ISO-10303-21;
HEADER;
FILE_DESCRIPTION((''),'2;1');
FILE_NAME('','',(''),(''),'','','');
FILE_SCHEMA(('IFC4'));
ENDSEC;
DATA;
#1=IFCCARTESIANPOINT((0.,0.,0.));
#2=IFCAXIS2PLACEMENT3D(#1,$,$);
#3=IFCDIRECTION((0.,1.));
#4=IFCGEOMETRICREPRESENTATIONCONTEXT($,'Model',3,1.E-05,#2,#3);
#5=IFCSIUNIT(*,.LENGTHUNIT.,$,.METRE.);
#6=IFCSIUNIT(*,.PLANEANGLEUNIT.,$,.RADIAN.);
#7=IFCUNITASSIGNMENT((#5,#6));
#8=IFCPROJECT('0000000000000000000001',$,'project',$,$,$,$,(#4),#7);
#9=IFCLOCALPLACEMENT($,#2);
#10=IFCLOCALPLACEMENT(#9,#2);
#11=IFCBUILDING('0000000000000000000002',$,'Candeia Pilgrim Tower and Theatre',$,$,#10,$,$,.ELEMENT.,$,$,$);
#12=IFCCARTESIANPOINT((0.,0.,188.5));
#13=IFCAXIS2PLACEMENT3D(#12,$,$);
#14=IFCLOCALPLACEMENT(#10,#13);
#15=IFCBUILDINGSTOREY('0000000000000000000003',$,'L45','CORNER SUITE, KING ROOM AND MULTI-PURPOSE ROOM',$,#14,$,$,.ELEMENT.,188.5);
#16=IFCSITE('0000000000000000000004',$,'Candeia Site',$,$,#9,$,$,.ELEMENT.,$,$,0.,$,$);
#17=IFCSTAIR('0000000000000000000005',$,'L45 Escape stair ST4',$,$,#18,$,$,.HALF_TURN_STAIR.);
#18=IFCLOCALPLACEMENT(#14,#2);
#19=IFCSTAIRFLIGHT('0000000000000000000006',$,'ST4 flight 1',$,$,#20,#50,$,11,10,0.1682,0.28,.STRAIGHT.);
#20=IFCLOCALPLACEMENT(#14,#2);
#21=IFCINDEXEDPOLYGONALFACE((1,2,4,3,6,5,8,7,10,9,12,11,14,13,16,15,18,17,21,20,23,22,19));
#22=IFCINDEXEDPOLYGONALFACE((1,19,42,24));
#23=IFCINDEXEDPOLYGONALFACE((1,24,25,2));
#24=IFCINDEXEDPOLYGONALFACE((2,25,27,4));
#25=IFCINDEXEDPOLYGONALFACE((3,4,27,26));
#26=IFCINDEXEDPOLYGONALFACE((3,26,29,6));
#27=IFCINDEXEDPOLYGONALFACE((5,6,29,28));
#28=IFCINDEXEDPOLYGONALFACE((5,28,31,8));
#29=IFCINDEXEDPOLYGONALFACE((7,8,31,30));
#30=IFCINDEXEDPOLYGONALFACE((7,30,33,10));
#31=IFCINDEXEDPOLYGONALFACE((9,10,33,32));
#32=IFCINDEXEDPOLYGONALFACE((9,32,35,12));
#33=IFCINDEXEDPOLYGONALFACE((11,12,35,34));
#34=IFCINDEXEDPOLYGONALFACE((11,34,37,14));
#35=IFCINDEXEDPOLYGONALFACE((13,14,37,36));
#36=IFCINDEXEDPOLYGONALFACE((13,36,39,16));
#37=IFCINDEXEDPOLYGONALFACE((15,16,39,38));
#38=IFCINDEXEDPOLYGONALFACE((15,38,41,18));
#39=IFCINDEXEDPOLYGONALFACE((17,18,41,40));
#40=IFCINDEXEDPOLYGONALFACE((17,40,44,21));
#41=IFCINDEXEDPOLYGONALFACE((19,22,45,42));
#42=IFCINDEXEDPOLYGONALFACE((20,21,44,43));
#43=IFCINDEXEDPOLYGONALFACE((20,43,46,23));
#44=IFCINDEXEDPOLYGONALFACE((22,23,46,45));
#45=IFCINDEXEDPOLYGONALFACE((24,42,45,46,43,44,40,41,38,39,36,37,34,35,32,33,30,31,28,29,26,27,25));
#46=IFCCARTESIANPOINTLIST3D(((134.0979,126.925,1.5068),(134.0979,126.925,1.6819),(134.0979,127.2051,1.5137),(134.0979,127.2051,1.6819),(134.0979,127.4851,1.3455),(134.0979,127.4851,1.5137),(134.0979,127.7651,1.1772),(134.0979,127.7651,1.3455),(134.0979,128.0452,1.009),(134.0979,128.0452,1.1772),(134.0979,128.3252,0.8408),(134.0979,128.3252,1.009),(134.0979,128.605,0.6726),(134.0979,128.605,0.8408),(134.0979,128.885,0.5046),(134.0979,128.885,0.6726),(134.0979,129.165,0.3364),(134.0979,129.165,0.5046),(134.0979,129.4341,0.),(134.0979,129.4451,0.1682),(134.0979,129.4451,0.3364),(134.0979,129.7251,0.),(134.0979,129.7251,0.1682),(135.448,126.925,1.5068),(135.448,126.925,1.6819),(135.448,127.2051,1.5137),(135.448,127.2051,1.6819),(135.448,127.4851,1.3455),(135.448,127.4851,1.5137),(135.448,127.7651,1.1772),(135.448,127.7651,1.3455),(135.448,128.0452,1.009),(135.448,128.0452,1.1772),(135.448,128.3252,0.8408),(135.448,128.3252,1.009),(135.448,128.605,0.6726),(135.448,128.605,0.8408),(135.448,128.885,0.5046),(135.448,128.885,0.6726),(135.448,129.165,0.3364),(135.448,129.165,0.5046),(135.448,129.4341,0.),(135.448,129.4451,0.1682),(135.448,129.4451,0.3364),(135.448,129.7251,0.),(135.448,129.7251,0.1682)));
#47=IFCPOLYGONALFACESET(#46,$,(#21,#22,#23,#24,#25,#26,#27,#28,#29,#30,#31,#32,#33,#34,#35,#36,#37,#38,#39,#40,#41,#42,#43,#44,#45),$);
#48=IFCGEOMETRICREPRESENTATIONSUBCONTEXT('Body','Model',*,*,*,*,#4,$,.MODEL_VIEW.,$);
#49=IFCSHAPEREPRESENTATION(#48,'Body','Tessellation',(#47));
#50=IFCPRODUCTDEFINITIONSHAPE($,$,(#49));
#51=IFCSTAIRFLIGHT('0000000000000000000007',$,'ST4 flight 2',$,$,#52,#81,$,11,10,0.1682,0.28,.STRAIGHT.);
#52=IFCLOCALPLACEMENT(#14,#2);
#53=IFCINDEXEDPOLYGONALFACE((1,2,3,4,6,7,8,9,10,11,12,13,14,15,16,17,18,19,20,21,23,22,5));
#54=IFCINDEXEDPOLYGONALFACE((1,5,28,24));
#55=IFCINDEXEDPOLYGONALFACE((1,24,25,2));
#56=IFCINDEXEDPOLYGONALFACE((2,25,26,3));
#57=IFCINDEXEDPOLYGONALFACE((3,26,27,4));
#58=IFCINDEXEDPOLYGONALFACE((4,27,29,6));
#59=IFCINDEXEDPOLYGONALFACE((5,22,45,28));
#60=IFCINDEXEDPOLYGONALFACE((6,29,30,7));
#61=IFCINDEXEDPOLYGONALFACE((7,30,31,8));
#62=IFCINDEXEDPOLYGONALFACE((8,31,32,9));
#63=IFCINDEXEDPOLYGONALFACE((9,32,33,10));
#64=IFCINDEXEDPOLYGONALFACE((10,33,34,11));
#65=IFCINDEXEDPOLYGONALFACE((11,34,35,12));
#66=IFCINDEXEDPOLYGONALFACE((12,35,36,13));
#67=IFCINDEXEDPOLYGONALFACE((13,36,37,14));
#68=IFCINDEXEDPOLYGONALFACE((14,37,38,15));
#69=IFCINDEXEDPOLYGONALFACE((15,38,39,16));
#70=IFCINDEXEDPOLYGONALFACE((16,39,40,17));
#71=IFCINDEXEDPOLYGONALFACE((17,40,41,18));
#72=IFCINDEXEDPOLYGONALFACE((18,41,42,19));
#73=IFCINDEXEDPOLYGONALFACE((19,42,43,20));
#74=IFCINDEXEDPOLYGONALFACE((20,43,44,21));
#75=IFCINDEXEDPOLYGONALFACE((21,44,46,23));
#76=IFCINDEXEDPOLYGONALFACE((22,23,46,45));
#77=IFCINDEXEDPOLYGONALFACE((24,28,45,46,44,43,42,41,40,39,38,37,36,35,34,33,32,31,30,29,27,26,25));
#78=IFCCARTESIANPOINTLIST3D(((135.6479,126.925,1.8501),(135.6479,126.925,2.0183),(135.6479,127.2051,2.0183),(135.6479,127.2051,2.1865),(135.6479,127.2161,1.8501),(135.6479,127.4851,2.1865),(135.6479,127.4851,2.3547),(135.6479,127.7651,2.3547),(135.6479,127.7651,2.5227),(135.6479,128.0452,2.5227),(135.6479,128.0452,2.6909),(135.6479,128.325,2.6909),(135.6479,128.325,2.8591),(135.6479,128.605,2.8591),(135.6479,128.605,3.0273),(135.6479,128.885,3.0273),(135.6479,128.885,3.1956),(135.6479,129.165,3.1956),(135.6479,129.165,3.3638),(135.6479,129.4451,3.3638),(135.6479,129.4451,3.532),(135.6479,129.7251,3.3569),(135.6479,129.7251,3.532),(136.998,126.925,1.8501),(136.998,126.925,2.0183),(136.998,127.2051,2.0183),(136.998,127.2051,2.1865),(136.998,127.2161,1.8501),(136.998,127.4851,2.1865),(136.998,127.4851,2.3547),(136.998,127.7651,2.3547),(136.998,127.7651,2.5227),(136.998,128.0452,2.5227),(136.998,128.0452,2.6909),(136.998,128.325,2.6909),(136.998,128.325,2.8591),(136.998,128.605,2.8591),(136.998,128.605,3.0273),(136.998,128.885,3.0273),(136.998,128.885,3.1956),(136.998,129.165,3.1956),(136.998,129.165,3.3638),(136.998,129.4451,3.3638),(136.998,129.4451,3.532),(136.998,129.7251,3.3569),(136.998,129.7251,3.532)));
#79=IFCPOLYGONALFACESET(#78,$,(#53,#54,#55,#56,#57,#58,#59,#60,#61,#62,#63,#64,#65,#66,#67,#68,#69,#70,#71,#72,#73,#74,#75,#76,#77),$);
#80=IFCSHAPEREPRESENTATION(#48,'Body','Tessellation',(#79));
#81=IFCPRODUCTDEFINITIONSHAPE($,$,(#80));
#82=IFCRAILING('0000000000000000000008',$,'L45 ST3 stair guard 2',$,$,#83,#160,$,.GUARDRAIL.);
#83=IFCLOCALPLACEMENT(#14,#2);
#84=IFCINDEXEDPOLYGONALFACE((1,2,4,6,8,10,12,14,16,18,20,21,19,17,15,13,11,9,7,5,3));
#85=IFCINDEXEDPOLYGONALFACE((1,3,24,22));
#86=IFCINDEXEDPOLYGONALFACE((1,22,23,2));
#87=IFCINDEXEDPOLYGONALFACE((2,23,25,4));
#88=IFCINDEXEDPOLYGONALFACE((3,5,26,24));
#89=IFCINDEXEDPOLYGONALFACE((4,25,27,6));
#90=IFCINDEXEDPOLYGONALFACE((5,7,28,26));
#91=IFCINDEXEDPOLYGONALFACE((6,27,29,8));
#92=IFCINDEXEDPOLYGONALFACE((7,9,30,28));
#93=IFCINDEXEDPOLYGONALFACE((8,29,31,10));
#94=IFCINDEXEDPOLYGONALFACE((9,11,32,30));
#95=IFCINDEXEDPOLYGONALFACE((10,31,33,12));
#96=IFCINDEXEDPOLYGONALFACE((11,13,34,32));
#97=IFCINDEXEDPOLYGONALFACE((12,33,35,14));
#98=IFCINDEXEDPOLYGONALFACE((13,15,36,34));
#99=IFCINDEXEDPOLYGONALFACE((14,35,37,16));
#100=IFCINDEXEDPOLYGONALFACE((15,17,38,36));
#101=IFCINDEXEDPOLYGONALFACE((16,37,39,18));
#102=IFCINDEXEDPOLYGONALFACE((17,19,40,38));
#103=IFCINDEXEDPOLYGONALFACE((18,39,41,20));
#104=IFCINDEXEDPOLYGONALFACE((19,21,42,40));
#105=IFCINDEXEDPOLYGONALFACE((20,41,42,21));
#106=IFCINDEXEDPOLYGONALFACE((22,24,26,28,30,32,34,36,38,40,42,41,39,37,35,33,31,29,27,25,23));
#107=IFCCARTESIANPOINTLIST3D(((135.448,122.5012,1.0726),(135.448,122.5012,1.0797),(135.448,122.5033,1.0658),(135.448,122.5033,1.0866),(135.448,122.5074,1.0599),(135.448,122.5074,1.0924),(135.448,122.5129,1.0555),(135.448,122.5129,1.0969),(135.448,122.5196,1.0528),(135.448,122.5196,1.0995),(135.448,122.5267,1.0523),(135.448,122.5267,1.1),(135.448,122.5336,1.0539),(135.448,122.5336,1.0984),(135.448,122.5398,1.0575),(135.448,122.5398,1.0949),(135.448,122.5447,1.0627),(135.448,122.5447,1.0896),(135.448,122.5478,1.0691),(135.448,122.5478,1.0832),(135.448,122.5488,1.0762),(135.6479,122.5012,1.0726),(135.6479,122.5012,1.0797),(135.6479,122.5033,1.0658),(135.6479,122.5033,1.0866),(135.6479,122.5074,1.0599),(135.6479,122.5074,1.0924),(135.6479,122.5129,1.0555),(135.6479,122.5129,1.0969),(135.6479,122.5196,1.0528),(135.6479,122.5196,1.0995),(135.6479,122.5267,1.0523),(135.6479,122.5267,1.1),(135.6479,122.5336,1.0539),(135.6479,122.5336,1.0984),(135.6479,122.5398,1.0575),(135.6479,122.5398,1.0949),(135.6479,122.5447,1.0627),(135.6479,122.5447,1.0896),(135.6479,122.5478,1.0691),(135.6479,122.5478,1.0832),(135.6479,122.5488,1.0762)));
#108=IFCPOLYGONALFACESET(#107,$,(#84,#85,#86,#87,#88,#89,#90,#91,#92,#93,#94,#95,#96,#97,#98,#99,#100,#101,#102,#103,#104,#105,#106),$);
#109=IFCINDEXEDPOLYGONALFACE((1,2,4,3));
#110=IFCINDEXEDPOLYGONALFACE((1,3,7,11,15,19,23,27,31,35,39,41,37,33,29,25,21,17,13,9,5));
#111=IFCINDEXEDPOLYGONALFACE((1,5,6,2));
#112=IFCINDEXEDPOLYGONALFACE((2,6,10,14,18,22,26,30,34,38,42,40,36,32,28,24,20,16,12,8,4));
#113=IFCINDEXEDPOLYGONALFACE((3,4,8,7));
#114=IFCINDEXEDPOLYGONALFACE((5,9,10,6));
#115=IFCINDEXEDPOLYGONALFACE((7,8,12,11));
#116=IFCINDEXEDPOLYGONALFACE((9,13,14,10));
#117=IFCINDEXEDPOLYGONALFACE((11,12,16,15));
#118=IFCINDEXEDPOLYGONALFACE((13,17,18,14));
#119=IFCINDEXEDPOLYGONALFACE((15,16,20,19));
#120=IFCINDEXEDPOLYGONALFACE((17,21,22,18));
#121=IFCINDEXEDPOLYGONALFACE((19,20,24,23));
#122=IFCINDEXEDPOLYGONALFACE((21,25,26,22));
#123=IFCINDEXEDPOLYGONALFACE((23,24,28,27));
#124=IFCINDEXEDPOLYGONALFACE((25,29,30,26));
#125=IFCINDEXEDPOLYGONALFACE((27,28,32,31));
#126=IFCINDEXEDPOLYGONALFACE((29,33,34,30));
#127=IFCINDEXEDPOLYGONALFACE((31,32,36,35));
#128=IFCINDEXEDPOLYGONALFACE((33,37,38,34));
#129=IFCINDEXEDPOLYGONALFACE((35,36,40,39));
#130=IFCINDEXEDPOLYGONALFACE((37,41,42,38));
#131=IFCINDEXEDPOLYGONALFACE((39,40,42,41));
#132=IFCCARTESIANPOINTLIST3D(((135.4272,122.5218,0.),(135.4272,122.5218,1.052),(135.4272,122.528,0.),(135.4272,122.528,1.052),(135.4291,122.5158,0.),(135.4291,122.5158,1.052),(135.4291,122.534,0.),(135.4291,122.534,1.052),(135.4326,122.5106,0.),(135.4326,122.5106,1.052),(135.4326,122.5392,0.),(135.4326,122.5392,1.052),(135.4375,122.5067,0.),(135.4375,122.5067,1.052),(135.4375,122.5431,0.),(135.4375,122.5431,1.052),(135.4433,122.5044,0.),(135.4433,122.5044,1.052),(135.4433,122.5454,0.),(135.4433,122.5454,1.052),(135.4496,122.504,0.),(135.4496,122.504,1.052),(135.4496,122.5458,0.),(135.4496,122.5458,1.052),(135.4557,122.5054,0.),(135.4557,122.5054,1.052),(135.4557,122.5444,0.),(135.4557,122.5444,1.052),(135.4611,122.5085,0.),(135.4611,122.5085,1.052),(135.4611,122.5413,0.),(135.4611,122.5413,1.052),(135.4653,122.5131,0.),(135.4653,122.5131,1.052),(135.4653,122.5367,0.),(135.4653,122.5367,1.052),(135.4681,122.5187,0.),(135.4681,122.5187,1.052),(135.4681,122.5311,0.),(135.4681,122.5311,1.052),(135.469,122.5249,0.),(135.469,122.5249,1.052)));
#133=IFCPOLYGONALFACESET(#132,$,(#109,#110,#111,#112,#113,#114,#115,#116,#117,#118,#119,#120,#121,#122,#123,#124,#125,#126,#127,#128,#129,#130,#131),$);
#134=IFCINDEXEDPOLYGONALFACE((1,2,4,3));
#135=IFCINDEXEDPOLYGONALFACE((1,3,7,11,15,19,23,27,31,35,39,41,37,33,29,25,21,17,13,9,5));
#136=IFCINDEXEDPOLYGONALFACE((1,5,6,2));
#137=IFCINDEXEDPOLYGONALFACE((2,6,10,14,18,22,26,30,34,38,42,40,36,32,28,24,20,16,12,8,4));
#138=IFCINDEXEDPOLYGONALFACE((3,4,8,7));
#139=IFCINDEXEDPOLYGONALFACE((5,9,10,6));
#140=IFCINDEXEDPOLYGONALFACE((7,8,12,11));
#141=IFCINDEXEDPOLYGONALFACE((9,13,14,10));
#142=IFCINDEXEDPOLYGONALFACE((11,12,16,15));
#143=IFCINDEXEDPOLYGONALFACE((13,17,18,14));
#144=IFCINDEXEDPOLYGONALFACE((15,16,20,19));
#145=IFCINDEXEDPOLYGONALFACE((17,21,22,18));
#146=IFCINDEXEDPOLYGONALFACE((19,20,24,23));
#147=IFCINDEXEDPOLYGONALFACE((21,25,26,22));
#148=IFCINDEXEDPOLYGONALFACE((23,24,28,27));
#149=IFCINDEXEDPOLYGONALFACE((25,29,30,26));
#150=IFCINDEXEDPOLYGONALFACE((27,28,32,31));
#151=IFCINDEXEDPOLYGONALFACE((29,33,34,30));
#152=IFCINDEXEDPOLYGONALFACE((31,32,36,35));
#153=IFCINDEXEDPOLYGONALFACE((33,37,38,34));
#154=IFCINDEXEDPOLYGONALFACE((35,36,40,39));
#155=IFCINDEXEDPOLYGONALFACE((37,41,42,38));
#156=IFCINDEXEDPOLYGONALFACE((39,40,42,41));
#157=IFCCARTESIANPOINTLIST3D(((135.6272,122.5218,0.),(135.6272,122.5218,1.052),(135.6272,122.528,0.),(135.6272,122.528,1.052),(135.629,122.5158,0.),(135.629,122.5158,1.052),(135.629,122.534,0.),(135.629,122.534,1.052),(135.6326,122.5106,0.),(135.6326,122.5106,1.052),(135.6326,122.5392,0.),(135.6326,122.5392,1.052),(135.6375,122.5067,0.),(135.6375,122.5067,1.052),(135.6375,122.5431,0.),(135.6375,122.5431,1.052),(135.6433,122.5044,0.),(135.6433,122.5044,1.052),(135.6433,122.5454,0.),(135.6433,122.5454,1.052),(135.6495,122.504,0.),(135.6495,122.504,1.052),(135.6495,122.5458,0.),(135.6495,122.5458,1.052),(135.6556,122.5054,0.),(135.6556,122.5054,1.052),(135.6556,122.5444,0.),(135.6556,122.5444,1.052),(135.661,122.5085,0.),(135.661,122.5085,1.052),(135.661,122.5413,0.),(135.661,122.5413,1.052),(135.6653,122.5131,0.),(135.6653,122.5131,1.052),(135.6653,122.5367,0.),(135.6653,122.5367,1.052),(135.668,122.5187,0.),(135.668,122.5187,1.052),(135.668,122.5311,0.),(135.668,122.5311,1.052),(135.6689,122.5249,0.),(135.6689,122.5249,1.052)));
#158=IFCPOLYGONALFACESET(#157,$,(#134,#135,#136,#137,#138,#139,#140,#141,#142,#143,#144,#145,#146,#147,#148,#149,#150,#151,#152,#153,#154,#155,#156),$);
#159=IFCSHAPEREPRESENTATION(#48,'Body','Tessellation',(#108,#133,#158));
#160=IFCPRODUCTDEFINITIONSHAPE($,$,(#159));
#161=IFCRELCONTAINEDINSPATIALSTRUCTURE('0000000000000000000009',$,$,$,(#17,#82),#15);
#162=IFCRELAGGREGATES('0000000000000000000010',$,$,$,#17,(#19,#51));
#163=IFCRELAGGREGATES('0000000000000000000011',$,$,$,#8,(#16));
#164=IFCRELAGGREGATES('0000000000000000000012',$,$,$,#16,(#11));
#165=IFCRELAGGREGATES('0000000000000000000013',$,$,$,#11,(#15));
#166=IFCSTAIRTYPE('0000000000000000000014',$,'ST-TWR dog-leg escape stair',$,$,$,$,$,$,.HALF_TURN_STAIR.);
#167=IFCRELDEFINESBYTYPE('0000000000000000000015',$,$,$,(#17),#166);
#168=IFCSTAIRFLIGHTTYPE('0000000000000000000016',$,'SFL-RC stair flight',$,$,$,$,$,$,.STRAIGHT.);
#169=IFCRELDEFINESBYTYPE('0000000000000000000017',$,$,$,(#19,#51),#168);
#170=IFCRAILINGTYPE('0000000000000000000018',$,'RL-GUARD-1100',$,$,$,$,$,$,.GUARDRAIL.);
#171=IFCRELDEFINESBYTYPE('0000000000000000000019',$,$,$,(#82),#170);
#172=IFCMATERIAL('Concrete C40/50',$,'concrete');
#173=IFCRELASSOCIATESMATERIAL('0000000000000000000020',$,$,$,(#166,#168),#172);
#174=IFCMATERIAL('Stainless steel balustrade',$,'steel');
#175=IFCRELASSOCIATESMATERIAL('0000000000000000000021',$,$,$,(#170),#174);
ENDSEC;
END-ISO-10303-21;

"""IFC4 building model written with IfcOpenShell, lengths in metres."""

from ifc_helpers import new_model, si_unit, direction, frame, origin, origin_2d, place, context, subcontext, project, spatial, polyline, circle, outline, extrude, material, type_object, element, aggregate, save


model = new_model("IFC4")

# Units and contexts
model_context = context("Model", 3, precision=1e-05, world=origin(), true_north=direction((0.0, 1.0)))
body_context = subcontext(model_context, "Body", "Model", "MODEL_VIEW")
ifc_project = project(units=[si_unit("LENGTHUNIT", "METRE"), si_unit("PLANEANGLEUNIT", "RADIAN")], contexts=[model_context])

# Site, building, storey
site_placement = place(None, origin())
site = spatial("IfcSite", under=ifc_project, at=site_placement, Name="Candeia Site", CompositionType="ELEMENT", RefElevation=0.0)
building_placement = place(site_placement, origin())
building = spatial("IfcBuilding", under=site, at=building_placement, Name="Candeia Pilgrim Tower and Theatre", CompositionType="ELEMENT")
storey_placement = place(building_placement, frame((0.0, 0.0, 188.5)))
storey = spatial("IfcBuildingStorey", under=building, at=storey_placement, Name="L45", Description="CORNER SUITE, KING ROOM AND MULTI-PURPOSE ROOM", CompositionType="ELEMENT", Elevation=188.5)

# Shared definitions
ifc_material_1 = material(Name="Concrete C40/50", Category="concrete")

# Stair, stair flights
stair_type = type_object("IfcStairType", Name="ST-TWR dog-leg escape stair", PredefinedType="HALF_TURN_STAIR", material=ifc_material_1)
stair_flight_type = type_object("IfcStairFlightType", Name="SFL-RC stair flight", PredefinedType="STRAIGHT", material=ifc_material_1)
stair_1_placement = place(storey_placement, origin())
stair_1 = element("IfcStair", 1, at=stair_1_placement, inside=storey, type_object=stair_type, Name="L45 Escape stair ST4", PredefinedType="HALF_TURN_STAIR")
stair_flight_1_placement = place(storey_placement, frame((134.7729, 129.7251, 0.0), z_axis=(0.0, 0.0, 1.0), x_axis=(0.0, -1.0, 0.0)))
stair_flight_1 = element("IfcStairFlight", 2, at=stair_flight_1_placement, type_object=stair_flight_type, Name="ST4 flight 1", NumberOfRisers=11, NumberOfTreads=10, PredefinedType="STRAIGHT", RiserHeight=0.1682, TreadLength=0.28, context=body_context, shape_type="SweptSolid", body=[
    extrude(outline(polyline([(0.0, 0.0), (0.0, 0.1682), (0.28, 0.1682), (0.28, 0.3364), (0.5601, 0.3364), (0.5601, 0.5046), (0.8401, 0.5046), (0.8401, 0.6726), (1.1201, 0.6726), (1.1201, 0.8408), (1.3999, 0.8408), (1.3999, 1.009), (1.6799, 1.009), (1.6799, 1.1772), (1.96, 1.1772), (1.96, 1.3455), (2.24, 1.3455), (2.24, 1.5137), (2.52, 1.5137), (2.52, 1.6819), (2.8, 1.6819), (2.8, 1.8501), (2.8, 1.5068), (0.291, 0.0), (0.0, 0.0)])), frame((0.0, 0.675, 0.0), z_axis=(0.0, -1.0, 0.0), x_axis=(1.0, 0.0, 0.0)), (0.0, 0.0, 1.0), 1.3501),
])
stair_flight_2_placement = place(storey_placement, frame((136.323, 126.925, 1.8501), z_axis=(0.0, 0.0, 1.0), x_axis=(0.0, 1.0, 0.0)))
stair_flight_2 = element("IfcStairFlight", 3, at=stair_flight_2_placement, type_object=stair_flight_type, Name="ST4 flight 2", NumberOfRisers=11, NumberOfTreads=10, PredefinedType="STRAIGHT", RiserHeight=0.1682, TreadLength=0.28, context=body_context, shape_type="SweptSolid", body=[
    extrude(outline(polyline([(0.0, 0.0), (0.0, 0.1682), (0.28, 0.1682), (0.28, 0.3364), (0.5601, 0.3364), (0.5601, 0.5046), (0.8401, 0.5046), (0.8401, 0.6726), (1.1201, 0.6726), (1.1201, 0.8408), (1.3999, 0.8408), (1.3999, 1.009), (1.6799, 1.009), (1.6799, 1.1772), (1.96, 1.1772), (1.96, 1.3455), (2.24, 1.3455), (2.24, 1.5137), (2.52, 1.5137), (2.52, 1.6819), (2.8, 1.6819), (2.8, 1.8501), (2.8, 1.5068), (0.291, 0.0), (0.0, 0.0)])), frame((0.0, 0.675, 0.0), z_axis=(0.0, -1.0, 0.0), x_axis=(1.0, 0.0, 0.0)), (0.0, 0.0, 1.0), 1.3501),
])
aggregate(stair_1, [stair_flight_1, stair_flight_2])

# Railing
ifc_material_2 = material(Name="Stainless steel balustrade", Category="steel")
railing_type_1 = type_object("IfcRailingType", Name="RL-GUARD-1100", PredefinedType="GUARDRAIL", material=ifc_material_2)
railing_1_placement = place(storey_placement, frame((135.448, 122.5249, 0.0)))
element("IfcRailing", 4, at=railing_1_placement, inside=storey, type_object=railing_type_1, Name="L45 ST3 stair guard 2", PredefinedType="GUARDRAIL", context=body_context, shape_type="SweptSolid", body=[
    extrude(circle(Radius=0.0239, at=origin_2d()), frame((0.0, 0.0, 1.0762), z_axis=(1.0, 0.0, 0.0), x_axis=(0.0, 1.0, 0.0)), (0.0, 0.0, 1.0), 0.2),
    extrude(circle(Radius=0.021, at=origin_2d()), origin(), (0.0, 0.0, 1.0), 1.052),
    extrude(circle(Radius=0.021, at=origin_2d()), frame((0.2, 0.0, 0.0)), (0.0, 0.0, 1.0), 1.052),
])

save(model, "model.ifc")
